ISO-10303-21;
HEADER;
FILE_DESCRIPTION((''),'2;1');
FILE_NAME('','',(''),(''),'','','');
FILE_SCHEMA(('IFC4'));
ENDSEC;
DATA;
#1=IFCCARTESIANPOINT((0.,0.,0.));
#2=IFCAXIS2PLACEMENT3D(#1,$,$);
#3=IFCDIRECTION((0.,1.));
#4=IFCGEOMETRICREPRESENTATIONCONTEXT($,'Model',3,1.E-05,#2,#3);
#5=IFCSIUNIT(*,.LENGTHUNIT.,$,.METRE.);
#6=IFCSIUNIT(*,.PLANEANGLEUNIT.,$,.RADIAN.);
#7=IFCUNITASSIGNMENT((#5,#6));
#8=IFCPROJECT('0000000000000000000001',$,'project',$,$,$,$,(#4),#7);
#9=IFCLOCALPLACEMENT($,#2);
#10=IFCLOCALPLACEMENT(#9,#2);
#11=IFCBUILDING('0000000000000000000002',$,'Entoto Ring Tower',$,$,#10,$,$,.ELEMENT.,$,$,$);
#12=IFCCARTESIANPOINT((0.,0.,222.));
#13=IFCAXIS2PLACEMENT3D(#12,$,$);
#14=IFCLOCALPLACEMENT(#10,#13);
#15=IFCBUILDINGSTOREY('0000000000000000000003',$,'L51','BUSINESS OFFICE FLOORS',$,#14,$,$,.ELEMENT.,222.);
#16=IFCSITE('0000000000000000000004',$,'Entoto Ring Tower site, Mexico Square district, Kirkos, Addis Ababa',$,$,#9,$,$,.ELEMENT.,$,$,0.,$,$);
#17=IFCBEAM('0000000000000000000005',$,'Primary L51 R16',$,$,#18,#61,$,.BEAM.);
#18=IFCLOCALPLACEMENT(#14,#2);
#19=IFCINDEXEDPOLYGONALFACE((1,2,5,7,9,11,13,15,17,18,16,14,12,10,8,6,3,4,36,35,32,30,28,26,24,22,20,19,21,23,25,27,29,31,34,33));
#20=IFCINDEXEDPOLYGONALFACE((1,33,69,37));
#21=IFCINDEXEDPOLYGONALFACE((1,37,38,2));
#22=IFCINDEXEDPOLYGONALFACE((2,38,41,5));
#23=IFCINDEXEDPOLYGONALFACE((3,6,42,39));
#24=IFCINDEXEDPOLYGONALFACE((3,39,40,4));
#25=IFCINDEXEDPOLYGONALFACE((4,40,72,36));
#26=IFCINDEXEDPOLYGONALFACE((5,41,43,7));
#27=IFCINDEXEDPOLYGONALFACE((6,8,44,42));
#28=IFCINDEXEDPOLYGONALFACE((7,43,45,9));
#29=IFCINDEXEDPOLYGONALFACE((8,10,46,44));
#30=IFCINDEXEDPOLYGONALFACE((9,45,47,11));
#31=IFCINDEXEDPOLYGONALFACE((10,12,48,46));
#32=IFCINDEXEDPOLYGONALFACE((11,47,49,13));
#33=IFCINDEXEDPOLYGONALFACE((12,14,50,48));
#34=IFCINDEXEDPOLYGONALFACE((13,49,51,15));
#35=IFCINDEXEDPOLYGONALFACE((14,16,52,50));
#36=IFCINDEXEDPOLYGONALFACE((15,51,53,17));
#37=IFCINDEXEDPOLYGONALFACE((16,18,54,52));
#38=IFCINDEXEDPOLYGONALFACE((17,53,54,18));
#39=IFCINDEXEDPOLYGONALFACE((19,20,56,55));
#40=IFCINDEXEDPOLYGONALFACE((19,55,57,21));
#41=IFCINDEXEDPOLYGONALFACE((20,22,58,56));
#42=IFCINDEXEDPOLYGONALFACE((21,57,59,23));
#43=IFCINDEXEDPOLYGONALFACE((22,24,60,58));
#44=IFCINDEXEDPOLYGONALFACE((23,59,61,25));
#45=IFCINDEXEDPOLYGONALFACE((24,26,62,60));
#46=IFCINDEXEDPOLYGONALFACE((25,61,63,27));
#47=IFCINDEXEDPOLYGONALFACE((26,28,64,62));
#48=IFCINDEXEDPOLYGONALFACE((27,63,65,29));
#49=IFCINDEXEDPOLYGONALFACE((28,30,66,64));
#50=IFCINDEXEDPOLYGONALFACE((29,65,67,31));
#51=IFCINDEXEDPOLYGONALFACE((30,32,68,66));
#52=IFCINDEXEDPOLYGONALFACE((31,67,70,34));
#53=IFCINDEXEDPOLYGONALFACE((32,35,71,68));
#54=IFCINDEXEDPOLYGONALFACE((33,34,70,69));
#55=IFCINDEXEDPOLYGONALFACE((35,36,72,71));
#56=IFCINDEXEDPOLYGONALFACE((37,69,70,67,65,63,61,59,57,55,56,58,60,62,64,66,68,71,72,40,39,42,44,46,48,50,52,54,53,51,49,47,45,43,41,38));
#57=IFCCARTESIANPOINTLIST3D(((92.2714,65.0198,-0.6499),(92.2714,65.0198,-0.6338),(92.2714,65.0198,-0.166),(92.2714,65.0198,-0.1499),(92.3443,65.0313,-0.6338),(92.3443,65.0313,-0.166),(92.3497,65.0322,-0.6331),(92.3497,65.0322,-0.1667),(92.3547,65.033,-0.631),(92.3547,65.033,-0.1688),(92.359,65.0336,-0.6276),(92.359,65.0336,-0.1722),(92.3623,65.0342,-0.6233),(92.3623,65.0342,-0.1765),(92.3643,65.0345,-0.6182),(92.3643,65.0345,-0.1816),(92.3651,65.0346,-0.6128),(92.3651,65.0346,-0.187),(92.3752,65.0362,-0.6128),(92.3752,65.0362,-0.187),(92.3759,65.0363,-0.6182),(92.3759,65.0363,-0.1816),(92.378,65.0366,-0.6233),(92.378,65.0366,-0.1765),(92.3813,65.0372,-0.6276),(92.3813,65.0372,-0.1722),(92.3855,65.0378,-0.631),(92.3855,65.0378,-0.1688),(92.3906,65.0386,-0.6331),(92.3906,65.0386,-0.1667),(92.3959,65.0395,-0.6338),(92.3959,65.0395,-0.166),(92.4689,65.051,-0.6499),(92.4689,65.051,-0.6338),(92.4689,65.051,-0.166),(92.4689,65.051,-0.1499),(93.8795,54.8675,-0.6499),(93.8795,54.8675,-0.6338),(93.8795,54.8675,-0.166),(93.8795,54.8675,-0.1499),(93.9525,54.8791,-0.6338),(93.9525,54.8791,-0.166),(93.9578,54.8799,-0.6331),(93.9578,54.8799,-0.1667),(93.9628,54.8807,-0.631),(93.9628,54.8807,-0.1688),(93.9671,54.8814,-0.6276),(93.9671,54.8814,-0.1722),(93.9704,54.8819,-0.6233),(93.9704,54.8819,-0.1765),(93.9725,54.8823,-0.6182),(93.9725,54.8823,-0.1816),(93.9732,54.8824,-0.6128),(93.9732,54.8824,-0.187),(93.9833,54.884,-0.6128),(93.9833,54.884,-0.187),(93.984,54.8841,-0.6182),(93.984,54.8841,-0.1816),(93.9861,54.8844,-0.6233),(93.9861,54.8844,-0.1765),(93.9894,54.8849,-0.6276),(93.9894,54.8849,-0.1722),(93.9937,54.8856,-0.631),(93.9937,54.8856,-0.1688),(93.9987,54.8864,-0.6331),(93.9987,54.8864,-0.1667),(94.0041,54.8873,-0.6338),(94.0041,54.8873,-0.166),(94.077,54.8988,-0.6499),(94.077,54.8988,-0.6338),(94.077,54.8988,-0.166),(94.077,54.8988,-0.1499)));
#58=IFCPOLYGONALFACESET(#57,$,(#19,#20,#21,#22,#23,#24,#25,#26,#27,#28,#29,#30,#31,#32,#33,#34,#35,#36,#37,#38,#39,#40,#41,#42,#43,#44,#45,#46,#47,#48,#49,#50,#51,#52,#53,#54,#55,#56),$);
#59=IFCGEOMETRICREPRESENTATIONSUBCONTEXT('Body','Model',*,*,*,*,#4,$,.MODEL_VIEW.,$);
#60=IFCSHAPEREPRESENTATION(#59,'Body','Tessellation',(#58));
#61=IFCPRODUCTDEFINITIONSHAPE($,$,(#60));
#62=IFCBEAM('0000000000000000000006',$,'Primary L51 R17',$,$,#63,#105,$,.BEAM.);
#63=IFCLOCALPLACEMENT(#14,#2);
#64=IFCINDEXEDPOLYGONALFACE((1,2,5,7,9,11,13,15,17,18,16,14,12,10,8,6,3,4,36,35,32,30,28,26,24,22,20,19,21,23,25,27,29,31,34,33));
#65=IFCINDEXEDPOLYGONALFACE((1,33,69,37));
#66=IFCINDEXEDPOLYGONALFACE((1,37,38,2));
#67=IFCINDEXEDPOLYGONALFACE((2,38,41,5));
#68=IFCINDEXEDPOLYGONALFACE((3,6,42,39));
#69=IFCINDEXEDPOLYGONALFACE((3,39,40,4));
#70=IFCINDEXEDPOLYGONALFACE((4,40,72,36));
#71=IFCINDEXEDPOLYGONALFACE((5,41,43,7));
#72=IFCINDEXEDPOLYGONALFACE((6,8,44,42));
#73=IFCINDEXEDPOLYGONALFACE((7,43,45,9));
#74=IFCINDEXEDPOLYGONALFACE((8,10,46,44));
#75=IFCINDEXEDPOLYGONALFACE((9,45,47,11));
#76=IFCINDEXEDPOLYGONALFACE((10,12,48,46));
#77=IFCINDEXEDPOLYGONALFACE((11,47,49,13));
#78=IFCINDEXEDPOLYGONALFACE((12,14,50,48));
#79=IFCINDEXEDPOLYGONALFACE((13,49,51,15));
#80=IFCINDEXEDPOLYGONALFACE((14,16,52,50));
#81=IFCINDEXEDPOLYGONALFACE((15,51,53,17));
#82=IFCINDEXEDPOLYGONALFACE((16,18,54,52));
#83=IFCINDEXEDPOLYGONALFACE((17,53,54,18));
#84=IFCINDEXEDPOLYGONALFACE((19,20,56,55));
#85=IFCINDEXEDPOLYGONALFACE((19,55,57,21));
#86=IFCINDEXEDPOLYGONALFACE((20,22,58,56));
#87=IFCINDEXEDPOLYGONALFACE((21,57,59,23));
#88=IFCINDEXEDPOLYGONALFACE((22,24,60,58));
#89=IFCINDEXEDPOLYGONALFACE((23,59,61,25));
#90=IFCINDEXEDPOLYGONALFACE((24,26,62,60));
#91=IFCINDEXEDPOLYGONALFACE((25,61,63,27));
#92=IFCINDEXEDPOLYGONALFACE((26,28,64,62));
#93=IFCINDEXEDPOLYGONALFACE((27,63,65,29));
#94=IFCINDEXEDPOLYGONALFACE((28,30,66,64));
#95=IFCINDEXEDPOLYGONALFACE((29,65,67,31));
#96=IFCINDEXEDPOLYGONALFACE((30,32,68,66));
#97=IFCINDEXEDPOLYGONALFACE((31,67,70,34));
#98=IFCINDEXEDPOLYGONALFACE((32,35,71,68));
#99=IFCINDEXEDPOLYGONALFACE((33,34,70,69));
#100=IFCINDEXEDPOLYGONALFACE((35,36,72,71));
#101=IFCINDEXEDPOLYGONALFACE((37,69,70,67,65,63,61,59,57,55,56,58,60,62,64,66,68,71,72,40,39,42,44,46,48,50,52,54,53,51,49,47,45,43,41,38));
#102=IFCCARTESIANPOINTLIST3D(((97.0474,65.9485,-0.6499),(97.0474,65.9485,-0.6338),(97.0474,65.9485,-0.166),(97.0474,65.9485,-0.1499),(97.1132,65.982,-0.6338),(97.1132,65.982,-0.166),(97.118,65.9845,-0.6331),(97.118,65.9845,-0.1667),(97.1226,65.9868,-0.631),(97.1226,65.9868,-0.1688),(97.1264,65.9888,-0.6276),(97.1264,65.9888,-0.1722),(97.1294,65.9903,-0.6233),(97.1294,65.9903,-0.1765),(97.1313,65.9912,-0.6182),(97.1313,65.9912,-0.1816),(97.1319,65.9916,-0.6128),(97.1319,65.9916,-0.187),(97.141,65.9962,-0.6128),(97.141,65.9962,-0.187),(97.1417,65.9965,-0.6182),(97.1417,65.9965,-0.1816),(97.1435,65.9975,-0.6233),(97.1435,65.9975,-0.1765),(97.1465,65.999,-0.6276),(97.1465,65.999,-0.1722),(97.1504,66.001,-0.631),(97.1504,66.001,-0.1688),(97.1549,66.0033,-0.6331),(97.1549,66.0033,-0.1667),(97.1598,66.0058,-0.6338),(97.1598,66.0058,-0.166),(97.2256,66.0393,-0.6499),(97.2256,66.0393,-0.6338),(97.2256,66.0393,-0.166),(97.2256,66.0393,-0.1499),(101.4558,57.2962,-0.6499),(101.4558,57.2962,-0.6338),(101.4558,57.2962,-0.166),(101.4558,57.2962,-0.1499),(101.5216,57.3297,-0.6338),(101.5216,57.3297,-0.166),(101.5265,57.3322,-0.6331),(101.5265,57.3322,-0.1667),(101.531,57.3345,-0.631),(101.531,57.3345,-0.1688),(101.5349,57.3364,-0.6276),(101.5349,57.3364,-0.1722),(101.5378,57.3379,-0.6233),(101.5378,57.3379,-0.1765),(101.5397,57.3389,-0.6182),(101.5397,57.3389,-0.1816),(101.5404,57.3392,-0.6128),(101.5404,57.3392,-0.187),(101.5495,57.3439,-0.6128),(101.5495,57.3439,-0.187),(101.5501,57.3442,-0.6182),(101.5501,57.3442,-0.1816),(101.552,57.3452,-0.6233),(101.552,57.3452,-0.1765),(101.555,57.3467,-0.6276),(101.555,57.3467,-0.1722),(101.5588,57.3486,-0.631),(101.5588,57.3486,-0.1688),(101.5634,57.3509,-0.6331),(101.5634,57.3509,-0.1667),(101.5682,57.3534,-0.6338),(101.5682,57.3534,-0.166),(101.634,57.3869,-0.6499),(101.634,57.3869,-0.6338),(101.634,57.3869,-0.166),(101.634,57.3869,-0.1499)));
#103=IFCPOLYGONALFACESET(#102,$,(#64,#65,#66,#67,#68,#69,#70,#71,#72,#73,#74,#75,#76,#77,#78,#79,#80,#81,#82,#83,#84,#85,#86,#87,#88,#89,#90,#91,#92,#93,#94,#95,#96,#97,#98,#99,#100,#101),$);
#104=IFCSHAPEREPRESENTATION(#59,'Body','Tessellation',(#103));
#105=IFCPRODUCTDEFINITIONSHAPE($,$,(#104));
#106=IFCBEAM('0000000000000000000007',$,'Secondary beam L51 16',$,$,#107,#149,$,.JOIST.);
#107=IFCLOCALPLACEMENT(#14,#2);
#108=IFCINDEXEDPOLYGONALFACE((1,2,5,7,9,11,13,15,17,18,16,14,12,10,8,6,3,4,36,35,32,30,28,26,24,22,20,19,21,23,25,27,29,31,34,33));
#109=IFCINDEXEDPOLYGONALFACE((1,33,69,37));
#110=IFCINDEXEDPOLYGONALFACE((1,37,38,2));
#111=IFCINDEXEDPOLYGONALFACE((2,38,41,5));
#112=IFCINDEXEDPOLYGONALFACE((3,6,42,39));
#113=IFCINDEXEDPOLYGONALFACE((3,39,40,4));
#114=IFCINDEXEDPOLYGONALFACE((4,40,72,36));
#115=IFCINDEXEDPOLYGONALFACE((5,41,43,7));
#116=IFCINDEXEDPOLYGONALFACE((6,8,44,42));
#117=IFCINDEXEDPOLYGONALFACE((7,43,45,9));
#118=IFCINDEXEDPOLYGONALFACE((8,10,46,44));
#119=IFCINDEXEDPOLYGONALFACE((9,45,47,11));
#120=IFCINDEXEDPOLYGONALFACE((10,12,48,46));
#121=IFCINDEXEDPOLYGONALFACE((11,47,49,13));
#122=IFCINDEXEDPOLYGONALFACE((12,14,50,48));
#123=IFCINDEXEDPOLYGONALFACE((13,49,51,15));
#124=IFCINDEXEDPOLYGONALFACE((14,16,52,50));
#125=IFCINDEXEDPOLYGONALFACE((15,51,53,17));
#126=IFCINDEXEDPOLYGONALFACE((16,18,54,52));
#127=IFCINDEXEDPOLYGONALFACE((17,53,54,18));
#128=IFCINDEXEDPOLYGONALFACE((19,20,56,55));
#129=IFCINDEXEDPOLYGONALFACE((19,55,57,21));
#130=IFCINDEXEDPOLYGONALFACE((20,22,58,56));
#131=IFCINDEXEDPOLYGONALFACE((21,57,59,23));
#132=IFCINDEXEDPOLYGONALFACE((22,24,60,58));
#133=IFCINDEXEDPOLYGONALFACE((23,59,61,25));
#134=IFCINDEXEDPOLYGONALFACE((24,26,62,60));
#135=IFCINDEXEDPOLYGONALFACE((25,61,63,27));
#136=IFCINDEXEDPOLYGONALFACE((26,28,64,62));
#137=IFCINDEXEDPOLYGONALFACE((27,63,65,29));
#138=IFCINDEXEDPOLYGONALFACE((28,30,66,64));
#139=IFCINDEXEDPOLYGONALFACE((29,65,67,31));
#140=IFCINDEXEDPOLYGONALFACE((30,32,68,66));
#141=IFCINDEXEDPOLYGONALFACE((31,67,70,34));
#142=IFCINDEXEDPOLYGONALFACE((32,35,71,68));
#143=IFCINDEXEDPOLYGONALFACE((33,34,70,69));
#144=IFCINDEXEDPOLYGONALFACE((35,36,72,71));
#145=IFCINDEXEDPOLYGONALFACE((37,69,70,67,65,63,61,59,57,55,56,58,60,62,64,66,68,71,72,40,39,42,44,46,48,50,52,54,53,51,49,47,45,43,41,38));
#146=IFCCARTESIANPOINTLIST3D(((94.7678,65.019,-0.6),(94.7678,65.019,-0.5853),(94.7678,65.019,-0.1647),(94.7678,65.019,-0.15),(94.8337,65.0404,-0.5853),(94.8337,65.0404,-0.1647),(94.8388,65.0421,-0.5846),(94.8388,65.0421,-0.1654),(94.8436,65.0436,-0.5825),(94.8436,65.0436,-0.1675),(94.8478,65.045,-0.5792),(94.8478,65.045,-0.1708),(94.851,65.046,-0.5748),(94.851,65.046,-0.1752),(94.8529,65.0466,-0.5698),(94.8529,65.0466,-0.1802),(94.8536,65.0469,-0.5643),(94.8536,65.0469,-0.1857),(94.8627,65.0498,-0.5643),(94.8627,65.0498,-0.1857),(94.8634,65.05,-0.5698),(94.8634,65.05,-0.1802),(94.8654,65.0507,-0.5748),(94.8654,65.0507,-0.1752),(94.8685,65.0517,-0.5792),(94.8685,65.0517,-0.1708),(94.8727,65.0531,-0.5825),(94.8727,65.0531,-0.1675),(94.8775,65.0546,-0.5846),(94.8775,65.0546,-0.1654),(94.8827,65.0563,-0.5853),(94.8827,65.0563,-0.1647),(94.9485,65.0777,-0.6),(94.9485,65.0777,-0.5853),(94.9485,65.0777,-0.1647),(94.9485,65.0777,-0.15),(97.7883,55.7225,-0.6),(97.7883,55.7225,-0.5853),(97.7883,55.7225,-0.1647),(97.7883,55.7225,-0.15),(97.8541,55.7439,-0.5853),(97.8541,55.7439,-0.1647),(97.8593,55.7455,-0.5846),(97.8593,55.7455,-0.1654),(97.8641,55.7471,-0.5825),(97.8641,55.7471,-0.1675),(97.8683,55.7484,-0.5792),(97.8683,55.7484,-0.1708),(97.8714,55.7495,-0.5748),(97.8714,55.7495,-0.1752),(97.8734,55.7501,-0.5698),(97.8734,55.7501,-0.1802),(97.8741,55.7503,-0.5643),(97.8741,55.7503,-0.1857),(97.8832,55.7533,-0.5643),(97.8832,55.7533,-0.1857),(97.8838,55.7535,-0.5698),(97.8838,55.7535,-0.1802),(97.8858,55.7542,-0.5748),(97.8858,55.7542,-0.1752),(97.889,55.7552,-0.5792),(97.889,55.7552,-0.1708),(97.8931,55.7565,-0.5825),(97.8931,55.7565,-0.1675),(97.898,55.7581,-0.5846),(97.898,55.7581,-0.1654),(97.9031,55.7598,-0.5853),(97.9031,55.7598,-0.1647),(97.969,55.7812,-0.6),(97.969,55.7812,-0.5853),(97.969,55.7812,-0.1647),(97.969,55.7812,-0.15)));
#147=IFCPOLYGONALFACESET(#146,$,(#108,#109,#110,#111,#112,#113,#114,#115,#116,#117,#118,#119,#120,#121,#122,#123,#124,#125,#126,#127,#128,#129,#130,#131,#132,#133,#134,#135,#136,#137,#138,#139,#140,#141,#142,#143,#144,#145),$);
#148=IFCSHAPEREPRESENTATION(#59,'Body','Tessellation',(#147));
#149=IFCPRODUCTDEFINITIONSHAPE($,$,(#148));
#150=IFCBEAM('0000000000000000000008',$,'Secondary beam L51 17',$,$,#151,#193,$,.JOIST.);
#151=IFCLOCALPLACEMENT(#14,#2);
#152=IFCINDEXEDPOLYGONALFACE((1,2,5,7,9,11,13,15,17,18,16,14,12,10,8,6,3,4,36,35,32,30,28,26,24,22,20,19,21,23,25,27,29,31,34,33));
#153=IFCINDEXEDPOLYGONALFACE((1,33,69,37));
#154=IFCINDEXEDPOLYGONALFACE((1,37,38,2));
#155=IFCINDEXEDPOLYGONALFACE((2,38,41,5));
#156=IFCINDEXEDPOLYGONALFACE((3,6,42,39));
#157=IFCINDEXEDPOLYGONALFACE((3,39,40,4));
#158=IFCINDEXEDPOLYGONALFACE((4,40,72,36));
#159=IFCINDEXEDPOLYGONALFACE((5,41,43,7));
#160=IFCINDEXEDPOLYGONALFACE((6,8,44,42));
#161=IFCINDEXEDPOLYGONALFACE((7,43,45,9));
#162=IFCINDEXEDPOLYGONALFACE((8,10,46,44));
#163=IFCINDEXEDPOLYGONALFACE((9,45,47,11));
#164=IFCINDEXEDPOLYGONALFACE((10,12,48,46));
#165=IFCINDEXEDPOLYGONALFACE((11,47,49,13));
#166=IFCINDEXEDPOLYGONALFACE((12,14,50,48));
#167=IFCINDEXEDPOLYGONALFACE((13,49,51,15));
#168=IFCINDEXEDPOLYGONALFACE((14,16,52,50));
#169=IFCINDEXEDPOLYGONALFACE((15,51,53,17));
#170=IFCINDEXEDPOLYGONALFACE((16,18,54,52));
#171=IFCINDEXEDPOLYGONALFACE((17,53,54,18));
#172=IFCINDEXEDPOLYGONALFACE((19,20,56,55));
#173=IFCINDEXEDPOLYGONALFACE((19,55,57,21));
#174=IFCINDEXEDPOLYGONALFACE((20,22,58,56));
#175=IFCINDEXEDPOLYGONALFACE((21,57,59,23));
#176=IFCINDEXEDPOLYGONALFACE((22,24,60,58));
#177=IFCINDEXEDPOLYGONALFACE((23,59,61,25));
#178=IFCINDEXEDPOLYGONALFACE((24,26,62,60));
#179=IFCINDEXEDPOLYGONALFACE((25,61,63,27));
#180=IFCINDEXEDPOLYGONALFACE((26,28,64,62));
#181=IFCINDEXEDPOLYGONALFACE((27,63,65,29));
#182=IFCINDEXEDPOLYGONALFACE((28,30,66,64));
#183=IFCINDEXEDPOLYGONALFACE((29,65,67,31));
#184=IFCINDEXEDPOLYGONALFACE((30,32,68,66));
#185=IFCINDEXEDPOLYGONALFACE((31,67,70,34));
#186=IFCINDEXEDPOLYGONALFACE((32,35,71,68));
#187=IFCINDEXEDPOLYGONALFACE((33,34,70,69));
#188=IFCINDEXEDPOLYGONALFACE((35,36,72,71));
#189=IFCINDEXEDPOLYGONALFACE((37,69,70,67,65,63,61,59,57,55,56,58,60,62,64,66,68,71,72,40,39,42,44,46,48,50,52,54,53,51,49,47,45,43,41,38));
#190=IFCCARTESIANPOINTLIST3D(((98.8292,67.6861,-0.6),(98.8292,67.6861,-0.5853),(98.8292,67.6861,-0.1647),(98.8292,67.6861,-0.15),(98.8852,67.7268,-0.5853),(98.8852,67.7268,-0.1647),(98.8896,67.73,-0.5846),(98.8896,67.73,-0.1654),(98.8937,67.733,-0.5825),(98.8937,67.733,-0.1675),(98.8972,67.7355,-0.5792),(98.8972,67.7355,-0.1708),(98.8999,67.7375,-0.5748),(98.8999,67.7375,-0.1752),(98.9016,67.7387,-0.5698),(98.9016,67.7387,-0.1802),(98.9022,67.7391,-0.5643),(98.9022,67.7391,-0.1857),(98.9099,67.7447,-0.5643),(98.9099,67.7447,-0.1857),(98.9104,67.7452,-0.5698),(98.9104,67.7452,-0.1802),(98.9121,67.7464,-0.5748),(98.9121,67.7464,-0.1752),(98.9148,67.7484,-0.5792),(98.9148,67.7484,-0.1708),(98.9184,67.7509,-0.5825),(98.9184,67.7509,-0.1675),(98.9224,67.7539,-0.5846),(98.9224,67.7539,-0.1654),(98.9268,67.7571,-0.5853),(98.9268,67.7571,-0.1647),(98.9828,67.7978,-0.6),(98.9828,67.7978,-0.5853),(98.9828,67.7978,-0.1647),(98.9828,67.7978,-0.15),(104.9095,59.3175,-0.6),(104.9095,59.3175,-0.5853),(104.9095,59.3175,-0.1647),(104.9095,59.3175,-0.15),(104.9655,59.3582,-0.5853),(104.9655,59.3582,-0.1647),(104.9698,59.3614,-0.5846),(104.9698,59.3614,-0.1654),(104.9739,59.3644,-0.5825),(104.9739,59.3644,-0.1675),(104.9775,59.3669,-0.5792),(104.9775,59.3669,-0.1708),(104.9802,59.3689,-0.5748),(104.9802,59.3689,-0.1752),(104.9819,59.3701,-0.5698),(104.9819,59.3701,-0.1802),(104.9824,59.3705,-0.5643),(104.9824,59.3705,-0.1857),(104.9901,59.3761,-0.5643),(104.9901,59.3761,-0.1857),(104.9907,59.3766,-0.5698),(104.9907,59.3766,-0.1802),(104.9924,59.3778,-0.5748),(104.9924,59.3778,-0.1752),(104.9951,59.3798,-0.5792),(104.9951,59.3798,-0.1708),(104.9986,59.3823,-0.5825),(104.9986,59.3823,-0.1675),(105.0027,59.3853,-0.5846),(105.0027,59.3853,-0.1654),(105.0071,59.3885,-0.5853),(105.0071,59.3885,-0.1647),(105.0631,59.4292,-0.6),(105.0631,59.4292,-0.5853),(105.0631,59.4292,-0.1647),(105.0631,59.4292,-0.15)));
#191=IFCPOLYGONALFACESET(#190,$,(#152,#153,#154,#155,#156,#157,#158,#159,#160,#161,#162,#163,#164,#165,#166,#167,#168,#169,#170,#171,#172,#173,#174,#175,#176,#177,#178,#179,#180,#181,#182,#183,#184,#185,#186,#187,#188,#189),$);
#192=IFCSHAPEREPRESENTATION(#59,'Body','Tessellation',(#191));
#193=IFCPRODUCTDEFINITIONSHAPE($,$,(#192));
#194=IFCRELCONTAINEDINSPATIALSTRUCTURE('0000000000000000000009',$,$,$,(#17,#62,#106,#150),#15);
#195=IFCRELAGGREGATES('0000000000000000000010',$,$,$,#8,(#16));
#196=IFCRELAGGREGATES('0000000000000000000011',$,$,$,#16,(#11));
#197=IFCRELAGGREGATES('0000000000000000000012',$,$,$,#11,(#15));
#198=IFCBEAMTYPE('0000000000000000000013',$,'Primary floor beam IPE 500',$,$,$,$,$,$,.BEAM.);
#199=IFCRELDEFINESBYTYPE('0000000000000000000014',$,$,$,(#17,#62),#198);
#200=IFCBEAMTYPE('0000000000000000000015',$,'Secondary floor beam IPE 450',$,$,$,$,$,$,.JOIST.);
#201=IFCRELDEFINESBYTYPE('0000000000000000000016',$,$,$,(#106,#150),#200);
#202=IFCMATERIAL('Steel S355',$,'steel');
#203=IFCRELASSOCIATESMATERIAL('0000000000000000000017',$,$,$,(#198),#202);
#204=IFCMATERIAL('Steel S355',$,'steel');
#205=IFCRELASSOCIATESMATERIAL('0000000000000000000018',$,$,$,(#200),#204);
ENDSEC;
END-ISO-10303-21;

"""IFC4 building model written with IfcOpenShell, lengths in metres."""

from ifc_helpers import new_model, si_unit, direction, frame, origin, origin_2d, place, context, subcontext, project, spatial, i_section, extrude, material, material_profile, profile_set, type_object, element, save


model = new_model("IFC4")

# Units and contexts
model_context = context("Model", 3, precision=1e-05, world=origin(), true_north=direction((0.0, 1.0)))
body_context = subcontext(model_context, "Body", "Model", "MODEL_VIEW")
ifc_project = project(units=[si_unit("LENGTHUNIT", "METRE"), si_unit("PLANEANGLEUNIT", "RADIAN")], contexts=[model_context])

# Site, building, storey
site_placement = place(None, origin())
site = spatial("IfcSite", under=ifc_project, at=site_placement, Name="Entoto Ring Tower site, Mexico Square district, Kirkos, Addis Ababa", CompositionType="ELEMENT", RefElevation=0.0)
building_placement = place(site_placement, origin())
building = spatial("IfcBuilding", under=site, at=building_placement, Name="Entoto Ring Tower", CompositionType="ELEMENT")
storey_placement = place(building_placement, frame((0.0, 0.0, 222.0)))
storey = spatial("IfcBuildingStorey", under=building, at=storey_placement, Name="L51", Description="BUSINESS OFFICE FLOORS", CompositionType="ELEMENT", Elevation=222.0)

# Beams
ifc_material_1 = material(Name="Steel S355", Category="steel")
ifc_material_profile_1 = material_profile(ifc_material_1, i_section(OverallWidth=0.2, OverallDepth=0.5, WebThickness=0.0103, FlangeThickness=0.0161, FilletRadius=0.021, at=origin_2d()), Name="IPE 500")
ifc_profile_set_1 = profile_set([ifc_material_profile_1], Name="Steel S355")
beam_type_1 = type_object("IfcBeamType", Name="Primary floor beam IPE 500", PredefinedType="BEAM", material=ifc_profile_set_1)
beam_1_placement = place(storey_placement, frame((92.3701, 65.0354, -0.3999), z_axis=(0.156452, -0.987686, 0.0), x_axis=(0.987686, 0.156452, 0.0)))
element("IfcBeam", 1, at=beam_1_placement, inside=storey, type_object=beam_type_1, Name="Primary L51 R16", PredefinedType="BEAM", context=body_context, shape_type="SweptSolid", body=[
    extrude(i_section(OverallWidth=0.2, OverallDepth=0.5, WebThickness=0.0103, FlangeThickness=0.0161, FilletRadius=0.021, at=origin_2d()), origin(), (0.0, 0.0, 1.0), 10.2788),
])
beam_2_placement = place(storey_placement, frame((97.1365, 65.9939, -0.3999), z_axis=(0.453979, -0.891012, 0.0), x_axis=(0.891012, 0.453979, 0.0)))
element("IfcBeam", 2, at=beam_2_placement, inside=storey, type_object=beam_type_1, Name="Primary L51 R17", PredefinedType="BEAM", context=body_context, shape_type="SweptSolid", body=[
    extrude(i_section(OverallWidth=0.2, OverallDepth=0.5, WebThickness=0.0103, FlangeThickness=0.0161, FilletRadius=0.021, at=origin_2d()), origin(), (0.0, 0.0, 1.0), 9.7107),
])
ifc_material_2 = material(Name="Steel S355", Category="steel")
ifc_material_profile_2 = material_profile(ifc_material_2, i_section(OverallWidth=0.1899, OverallDepth=0.45, WebThickness=0.0095, FlangeThickness=0.0146, FilletRadius=0.021, at=origin_2d()), Name="IPE 450")
ifc_profile_set_2 = profile_set([ifc_material_profile_2], Name="Steel S355")
beam_type_2 = type_object("IfcBeamType", Name="Secondary floor beam IPE 450", PredefinedType="JOIST", material=ifc_profile_set_2)
beam_3_placement = place(storey_placement, frame((94.8582, 65.0483, -0.375), z_axis=(0.309003, -0.951061, 0.0), x_axis=(0.951061, 0.309003, 0.0)))
element("IfcBeam", 3, at=beam_3_placement, inside=storey, type_object=beam_type_2, Name="Secondary beam L51 16", PredefinedType="JOIST", context=body_context, shape_type="SweptSolid", body=[
    extrude(i_section(OverallWidth=0.1899, OverallDepth=0.45, WebThickness=0.0095, FlangeThickness=0.0146, FilletRadius=0.021, at=origin_2d()), origin(), (0.0, 0.0, 1.0), 9.7749),
])
beam_4_placement = place(storey_placement, frame((98.906, 67.7419, -0.375), z_axis=(0.587794, -0.809011, 0.0), x_axis=(0.809011, 0.587794, 0.0)))
element("IfcBeam", 4, at=beam_4_placement, inside=storey, type_object=beam_type_2, Name="Secondary beam L51 17", PredefinedType="JOIST", context=body_context, shape_type="SweptSolid", body=[
    extrude(i_section(OverallWidth=0.1899, OverallDepth=0.45, WebThickness=0.0095, FlangeThickness=0.0146, FilletRadius=0.021, at=origin_2d()), origin(), (0.0, 0.0, 1.0), 10.3442),
])

save(model, "model.ifc")
